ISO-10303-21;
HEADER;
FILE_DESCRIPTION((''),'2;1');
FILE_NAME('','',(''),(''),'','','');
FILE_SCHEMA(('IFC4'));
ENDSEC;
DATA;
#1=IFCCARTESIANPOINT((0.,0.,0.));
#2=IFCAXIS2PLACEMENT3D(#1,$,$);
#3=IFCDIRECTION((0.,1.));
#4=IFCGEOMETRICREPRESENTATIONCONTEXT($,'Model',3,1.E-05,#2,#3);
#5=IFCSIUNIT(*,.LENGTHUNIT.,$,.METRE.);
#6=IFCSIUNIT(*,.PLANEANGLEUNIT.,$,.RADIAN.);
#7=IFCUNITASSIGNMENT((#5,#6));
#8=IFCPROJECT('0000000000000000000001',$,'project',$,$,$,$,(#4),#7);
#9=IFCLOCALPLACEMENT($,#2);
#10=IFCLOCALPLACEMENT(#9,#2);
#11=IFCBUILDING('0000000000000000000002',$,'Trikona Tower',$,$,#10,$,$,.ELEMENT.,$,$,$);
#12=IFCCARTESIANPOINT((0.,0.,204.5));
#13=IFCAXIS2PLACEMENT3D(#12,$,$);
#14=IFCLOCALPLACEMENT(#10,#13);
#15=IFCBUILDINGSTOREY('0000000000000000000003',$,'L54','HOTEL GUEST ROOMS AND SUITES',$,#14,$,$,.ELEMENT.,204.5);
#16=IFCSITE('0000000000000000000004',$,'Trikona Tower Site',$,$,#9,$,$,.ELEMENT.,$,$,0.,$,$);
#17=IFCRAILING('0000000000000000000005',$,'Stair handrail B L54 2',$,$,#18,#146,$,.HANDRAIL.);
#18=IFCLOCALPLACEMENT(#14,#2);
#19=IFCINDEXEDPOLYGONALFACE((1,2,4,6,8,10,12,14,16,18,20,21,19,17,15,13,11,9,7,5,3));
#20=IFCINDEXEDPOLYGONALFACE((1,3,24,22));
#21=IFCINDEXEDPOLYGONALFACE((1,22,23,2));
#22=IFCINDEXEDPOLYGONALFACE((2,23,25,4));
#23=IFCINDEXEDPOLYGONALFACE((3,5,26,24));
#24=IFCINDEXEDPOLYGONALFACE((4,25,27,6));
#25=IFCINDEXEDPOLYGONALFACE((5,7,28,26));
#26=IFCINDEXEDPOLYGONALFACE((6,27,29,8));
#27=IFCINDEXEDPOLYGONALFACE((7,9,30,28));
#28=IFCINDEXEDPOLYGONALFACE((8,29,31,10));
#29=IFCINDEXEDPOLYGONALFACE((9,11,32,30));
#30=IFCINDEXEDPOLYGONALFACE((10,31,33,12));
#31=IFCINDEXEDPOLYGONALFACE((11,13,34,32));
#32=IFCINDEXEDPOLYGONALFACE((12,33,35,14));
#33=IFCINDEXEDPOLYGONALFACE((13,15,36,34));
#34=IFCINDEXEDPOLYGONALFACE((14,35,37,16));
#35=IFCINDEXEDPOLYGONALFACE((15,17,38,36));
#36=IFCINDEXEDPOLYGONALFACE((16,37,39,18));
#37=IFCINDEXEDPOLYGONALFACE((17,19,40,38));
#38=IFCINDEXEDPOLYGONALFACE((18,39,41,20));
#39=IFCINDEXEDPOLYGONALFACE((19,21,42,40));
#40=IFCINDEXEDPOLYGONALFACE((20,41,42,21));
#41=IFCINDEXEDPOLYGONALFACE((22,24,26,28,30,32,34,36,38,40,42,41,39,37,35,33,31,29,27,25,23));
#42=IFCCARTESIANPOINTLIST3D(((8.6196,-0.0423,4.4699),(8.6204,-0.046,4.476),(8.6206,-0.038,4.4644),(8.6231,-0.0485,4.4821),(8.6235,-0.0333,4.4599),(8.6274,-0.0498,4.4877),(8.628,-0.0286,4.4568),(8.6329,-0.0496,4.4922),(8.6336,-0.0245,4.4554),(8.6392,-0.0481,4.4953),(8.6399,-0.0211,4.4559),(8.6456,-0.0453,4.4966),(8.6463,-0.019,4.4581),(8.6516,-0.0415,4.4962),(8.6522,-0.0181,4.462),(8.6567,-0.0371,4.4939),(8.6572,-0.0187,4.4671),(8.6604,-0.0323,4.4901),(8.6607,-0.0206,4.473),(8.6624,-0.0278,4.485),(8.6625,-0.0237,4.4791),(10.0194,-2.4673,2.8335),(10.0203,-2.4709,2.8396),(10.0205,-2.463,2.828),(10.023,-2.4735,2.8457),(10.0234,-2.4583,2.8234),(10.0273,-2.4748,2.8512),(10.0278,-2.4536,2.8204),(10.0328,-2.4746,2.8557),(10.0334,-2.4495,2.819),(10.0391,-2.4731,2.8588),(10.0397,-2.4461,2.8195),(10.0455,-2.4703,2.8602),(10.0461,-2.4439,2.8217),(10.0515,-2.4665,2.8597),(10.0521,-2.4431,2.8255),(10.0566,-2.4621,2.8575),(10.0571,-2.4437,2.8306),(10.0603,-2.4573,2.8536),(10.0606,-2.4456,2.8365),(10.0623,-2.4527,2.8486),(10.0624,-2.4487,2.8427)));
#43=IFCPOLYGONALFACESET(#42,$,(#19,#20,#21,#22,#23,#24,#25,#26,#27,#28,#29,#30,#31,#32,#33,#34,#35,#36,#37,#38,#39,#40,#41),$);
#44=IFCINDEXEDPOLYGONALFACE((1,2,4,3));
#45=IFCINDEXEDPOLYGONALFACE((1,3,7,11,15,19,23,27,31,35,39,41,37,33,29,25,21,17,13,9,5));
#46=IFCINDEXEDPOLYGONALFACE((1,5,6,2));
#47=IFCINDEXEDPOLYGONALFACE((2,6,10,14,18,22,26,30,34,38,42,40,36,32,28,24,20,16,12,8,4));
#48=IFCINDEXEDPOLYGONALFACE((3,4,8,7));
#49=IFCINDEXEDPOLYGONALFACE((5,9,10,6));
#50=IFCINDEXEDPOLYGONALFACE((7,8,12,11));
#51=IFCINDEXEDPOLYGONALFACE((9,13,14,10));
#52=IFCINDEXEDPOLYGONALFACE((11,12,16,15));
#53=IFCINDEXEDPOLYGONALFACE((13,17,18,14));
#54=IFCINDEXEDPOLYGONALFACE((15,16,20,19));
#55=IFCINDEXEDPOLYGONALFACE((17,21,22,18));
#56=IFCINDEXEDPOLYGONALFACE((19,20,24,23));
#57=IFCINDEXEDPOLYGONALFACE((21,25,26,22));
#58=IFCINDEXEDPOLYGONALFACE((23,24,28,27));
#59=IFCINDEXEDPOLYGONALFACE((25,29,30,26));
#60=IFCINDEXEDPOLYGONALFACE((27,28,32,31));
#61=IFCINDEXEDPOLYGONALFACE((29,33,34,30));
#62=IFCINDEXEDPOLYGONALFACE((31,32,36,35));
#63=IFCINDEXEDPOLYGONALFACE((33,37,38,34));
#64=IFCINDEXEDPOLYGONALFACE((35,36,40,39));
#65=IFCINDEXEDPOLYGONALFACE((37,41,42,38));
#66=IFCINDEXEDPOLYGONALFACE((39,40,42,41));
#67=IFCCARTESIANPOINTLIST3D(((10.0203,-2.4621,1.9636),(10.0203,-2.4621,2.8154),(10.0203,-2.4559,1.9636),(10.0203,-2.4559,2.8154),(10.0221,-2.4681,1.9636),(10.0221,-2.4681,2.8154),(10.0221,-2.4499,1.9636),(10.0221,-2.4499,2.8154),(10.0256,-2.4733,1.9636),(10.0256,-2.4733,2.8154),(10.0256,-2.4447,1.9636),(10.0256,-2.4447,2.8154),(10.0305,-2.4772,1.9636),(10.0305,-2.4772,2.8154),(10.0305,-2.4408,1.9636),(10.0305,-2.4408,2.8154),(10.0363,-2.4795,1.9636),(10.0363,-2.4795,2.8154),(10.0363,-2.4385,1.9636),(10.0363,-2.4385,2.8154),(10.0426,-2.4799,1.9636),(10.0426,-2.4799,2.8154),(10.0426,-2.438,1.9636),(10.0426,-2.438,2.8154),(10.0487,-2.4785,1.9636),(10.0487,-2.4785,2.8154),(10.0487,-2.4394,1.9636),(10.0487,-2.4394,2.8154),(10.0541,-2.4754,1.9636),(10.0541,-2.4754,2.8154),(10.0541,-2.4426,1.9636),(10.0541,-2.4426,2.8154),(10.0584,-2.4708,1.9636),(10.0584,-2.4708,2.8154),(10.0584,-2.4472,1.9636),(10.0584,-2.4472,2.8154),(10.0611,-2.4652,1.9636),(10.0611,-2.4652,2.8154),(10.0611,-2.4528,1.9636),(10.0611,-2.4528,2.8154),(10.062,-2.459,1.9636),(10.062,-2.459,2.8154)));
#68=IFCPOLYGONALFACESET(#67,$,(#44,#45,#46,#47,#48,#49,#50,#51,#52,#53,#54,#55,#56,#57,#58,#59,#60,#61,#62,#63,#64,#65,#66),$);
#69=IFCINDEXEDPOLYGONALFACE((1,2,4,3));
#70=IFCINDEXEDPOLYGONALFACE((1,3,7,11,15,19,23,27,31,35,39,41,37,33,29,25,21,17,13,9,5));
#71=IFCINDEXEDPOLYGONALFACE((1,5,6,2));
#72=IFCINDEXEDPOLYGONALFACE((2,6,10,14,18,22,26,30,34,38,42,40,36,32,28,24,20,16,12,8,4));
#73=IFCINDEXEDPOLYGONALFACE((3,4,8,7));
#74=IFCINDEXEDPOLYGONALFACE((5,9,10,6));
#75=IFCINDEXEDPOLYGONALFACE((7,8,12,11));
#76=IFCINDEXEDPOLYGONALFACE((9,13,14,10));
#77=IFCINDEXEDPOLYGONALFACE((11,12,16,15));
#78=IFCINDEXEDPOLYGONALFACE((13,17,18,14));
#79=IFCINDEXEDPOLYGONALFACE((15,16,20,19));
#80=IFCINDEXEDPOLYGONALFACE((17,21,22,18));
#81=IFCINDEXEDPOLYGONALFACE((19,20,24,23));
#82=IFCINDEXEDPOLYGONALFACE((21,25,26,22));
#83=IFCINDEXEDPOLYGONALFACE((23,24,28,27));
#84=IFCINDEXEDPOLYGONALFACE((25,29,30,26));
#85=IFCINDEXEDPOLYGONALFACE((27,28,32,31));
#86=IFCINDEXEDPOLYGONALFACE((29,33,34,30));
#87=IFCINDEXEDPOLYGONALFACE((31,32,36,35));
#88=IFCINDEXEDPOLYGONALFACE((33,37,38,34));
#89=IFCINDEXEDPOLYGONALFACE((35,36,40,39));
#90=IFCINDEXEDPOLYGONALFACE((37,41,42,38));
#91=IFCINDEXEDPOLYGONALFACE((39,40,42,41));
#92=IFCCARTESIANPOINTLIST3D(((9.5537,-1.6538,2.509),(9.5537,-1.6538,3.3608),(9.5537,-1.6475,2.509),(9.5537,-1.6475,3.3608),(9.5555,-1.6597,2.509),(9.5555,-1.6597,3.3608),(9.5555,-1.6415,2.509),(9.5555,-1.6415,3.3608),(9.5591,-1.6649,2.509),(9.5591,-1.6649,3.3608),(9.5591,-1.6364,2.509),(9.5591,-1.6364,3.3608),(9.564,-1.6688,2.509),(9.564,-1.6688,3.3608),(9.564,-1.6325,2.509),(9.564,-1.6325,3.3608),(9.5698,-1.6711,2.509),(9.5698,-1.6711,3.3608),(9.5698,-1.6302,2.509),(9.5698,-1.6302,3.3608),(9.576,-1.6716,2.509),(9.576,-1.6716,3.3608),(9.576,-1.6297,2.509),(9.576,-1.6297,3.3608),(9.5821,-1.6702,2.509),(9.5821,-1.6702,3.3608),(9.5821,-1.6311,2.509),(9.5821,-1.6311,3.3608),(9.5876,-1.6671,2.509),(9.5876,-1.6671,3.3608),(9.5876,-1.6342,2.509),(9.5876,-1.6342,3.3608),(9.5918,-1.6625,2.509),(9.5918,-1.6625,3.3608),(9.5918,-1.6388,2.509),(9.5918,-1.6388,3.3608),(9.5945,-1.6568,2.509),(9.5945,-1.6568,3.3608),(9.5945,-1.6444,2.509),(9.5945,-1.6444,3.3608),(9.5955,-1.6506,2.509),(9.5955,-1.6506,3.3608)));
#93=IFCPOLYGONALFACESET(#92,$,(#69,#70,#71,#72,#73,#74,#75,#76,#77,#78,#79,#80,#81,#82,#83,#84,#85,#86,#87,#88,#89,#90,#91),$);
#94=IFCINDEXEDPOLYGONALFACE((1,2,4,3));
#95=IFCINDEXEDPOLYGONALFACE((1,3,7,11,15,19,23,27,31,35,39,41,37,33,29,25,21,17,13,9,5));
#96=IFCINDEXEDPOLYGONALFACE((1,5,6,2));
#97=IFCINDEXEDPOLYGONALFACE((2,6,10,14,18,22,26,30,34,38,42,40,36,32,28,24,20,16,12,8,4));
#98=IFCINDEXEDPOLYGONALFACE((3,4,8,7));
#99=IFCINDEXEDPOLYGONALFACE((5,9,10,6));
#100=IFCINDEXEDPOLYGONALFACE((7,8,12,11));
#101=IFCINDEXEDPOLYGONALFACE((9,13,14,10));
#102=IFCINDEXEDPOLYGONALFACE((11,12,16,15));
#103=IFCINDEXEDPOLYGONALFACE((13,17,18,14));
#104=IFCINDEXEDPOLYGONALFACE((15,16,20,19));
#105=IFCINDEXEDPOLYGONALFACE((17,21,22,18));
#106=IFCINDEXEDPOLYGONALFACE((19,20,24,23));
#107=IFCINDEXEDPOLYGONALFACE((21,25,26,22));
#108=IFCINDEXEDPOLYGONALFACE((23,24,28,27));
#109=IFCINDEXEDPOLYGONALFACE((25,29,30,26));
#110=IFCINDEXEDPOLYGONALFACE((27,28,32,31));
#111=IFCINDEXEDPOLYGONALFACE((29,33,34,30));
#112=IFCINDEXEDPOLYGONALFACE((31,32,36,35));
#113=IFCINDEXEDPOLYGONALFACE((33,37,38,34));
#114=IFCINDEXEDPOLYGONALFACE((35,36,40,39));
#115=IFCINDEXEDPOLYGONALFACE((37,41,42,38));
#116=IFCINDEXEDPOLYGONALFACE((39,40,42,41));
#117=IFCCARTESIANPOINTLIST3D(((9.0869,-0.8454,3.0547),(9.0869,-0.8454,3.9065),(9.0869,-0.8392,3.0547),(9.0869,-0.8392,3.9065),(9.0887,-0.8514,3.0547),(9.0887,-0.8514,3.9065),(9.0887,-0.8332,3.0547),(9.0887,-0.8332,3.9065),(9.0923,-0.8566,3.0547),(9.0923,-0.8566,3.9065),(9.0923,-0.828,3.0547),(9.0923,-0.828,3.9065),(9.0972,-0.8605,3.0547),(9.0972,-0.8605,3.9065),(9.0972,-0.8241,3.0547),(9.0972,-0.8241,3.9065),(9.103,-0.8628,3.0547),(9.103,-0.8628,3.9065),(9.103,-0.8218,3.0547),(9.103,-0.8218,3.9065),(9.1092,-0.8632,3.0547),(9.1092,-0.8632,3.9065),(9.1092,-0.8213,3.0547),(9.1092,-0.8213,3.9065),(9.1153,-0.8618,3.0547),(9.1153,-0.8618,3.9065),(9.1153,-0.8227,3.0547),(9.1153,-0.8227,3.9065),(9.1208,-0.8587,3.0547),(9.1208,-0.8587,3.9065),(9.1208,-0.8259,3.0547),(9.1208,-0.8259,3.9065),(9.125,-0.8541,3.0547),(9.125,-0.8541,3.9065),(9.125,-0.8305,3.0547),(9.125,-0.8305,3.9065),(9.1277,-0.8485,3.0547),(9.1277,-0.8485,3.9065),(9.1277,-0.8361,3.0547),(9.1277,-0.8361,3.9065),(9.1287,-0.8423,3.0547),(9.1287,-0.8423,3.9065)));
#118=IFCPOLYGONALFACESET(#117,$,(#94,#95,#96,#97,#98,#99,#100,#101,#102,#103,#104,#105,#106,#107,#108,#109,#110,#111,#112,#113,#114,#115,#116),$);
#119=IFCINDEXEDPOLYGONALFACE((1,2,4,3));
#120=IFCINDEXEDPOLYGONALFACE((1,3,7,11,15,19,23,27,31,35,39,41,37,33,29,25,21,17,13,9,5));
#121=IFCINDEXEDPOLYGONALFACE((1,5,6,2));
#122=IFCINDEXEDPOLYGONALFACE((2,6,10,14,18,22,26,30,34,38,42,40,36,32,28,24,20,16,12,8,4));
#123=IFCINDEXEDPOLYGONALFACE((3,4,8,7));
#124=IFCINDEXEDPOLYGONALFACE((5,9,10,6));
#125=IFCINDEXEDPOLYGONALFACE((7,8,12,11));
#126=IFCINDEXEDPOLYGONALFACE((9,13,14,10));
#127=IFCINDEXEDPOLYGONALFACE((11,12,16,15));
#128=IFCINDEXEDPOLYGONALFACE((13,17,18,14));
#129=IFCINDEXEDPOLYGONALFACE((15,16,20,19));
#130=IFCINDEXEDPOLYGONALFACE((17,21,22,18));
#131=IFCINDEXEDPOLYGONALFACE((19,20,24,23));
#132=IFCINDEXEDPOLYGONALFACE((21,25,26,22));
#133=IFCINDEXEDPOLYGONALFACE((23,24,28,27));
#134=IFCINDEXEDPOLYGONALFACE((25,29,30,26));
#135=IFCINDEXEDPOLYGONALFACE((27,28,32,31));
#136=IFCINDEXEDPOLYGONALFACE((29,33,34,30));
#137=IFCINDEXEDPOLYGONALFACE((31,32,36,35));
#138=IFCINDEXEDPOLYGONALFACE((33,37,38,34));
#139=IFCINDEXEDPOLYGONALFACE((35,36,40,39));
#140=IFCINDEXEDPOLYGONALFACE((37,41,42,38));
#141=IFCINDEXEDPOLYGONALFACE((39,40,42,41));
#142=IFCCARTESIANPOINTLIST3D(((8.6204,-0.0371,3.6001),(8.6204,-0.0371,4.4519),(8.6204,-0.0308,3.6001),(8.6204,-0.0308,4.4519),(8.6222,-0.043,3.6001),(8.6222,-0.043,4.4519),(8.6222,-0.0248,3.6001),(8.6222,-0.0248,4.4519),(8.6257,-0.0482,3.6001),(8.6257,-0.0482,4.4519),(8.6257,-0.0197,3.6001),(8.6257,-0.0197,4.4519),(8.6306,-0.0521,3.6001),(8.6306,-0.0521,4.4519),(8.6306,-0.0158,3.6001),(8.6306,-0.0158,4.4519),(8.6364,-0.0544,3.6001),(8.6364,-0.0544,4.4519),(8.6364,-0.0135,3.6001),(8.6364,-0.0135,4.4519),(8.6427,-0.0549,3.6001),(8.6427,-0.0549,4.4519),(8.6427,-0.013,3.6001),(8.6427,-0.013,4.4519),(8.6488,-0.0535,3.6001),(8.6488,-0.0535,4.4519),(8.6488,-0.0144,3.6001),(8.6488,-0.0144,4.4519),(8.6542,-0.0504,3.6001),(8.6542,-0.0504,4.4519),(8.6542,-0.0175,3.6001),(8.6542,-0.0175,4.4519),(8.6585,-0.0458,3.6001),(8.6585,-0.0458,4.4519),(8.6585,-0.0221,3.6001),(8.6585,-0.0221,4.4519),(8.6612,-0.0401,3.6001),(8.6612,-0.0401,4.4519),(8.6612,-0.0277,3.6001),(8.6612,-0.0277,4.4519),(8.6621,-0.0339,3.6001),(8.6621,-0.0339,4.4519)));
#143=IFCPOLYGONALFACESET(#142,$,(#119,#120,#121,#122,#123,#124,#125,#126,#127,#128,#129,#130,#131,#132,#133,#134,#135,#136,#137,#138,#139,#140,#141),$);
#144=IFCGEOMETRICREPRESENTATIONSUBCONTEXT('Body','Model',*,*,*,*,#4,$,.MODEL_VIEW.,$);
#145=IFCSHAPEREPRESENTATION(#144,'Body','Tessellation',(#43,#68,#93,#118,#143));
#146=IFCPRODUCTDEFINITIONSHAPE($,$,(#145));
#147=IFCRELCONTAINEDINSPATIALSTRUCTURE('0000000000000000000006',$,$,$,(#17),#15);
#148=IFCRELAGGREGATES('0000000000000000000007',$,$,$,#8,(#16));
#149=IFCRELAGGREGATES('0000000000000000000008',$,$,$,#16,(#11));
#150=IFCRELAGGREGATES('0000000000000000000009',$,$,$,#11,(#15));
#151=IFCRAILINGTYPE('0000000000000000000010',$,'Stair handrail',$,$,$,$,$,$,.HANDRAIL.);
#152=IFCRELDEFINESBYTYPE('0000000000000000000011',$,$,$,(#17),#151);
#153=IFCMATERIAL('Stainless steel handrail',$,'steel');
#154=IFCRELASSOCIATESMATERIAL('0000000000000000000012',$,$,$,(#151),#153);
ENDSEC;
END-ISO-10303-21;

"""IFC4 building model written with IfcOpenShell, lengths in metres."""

from ifc_helpers import new_model, si_unit, direction, frame, origin, origin_2d, place, context, subcontext, project, spatial, circle, extrude, material, type_object, element, save


model = new_model("IFC4")

# Units and contexts
model_context = context("Model", 3, precision=1e-05, world=origin(), true_north=direction((0.0, 1.0)))
body_context = subcontext(model_context, "Body", "Model", "MODEL_VIEW")
ifc_project = project(units=[si_unit("LENGTHUNIT", "METRE"), si_unit("PLANEANGLEUNIT", "RADIAN")], contexts=[model_context])

# Site, building, storey
site_placement = place(None, origin())
site = spatial("IfcSite", under=ifc_project, at=site_placement, Name="Trikona Tower Site", CompositionType="ELEMENT", RefElevation=0.0)
building_placement = place(site_placement, origin())
building = spatial("IfcBuilding", under=site, at=building_placement, Name="Trikona Tower", CompositionType="ELEMENT")
storey_placement = place(building_placement, frame((0.0, 0.0, 204.5)))
storey = spatial("IfcBuildingStorey", under=building, at=storey_placement, Name="L54", Description="HOTEL GUEST ROOMS AND SUITES", CompositionType="ELEMENT", Elevation=204.5)

# Railing
ifc_material_1 = material(Name="Stainless steel handrail", Category="steel")
railing_type = type_object("IfcRailingType", Name="Stair handrail", PredefinedType="HANDRAIL", material=ifc_material_1)
railing_placement = place(storey_placement, frame((10.041, -2.459, 1.9636)))
element("IfcRailing", 1, at=railing_placement, inside=storey, type_object=railing_type, Name="Stair handrail B L54 2", PredefinedType="HANDRAIL", context=body_context, shape_type="SweptSolid", body=[
    extrude(circle(Radius=0.0239, at=origin_2d()), frame((0.0, 0.0, 0.876), z_axis=(-0.431636, 0.747723, 0.504579), x_axis=(-0.866056, -0.499946, 0.0)), (0.0, 0.0, 1.0), 3.2432),
    extrude(circle(Radius=0.021, at=origin_2d()), origin(), (0.0, 0.0, 1.0), 0.8518),
    extrude(circle(Radius=0.021, at=origin_2d()), frame((-0.4666, 0.8083, 0.5454)), (0.0, 0.0, 1.0), 0.8518),
    extrude(circle(Radius=0.021, at=origin_2d()), frame((-0.9333, 1.6167, 1.0911)), (0.0, 0.0, 1.0), 0.8518),
    extrude(circle(Radius=0.021, at=origin_2d()), frame((-1.3999, 2.425, 1.6365)), (0.0, 0.0, 1.0), 0.8518),
])

save(model, "model.ifc")
